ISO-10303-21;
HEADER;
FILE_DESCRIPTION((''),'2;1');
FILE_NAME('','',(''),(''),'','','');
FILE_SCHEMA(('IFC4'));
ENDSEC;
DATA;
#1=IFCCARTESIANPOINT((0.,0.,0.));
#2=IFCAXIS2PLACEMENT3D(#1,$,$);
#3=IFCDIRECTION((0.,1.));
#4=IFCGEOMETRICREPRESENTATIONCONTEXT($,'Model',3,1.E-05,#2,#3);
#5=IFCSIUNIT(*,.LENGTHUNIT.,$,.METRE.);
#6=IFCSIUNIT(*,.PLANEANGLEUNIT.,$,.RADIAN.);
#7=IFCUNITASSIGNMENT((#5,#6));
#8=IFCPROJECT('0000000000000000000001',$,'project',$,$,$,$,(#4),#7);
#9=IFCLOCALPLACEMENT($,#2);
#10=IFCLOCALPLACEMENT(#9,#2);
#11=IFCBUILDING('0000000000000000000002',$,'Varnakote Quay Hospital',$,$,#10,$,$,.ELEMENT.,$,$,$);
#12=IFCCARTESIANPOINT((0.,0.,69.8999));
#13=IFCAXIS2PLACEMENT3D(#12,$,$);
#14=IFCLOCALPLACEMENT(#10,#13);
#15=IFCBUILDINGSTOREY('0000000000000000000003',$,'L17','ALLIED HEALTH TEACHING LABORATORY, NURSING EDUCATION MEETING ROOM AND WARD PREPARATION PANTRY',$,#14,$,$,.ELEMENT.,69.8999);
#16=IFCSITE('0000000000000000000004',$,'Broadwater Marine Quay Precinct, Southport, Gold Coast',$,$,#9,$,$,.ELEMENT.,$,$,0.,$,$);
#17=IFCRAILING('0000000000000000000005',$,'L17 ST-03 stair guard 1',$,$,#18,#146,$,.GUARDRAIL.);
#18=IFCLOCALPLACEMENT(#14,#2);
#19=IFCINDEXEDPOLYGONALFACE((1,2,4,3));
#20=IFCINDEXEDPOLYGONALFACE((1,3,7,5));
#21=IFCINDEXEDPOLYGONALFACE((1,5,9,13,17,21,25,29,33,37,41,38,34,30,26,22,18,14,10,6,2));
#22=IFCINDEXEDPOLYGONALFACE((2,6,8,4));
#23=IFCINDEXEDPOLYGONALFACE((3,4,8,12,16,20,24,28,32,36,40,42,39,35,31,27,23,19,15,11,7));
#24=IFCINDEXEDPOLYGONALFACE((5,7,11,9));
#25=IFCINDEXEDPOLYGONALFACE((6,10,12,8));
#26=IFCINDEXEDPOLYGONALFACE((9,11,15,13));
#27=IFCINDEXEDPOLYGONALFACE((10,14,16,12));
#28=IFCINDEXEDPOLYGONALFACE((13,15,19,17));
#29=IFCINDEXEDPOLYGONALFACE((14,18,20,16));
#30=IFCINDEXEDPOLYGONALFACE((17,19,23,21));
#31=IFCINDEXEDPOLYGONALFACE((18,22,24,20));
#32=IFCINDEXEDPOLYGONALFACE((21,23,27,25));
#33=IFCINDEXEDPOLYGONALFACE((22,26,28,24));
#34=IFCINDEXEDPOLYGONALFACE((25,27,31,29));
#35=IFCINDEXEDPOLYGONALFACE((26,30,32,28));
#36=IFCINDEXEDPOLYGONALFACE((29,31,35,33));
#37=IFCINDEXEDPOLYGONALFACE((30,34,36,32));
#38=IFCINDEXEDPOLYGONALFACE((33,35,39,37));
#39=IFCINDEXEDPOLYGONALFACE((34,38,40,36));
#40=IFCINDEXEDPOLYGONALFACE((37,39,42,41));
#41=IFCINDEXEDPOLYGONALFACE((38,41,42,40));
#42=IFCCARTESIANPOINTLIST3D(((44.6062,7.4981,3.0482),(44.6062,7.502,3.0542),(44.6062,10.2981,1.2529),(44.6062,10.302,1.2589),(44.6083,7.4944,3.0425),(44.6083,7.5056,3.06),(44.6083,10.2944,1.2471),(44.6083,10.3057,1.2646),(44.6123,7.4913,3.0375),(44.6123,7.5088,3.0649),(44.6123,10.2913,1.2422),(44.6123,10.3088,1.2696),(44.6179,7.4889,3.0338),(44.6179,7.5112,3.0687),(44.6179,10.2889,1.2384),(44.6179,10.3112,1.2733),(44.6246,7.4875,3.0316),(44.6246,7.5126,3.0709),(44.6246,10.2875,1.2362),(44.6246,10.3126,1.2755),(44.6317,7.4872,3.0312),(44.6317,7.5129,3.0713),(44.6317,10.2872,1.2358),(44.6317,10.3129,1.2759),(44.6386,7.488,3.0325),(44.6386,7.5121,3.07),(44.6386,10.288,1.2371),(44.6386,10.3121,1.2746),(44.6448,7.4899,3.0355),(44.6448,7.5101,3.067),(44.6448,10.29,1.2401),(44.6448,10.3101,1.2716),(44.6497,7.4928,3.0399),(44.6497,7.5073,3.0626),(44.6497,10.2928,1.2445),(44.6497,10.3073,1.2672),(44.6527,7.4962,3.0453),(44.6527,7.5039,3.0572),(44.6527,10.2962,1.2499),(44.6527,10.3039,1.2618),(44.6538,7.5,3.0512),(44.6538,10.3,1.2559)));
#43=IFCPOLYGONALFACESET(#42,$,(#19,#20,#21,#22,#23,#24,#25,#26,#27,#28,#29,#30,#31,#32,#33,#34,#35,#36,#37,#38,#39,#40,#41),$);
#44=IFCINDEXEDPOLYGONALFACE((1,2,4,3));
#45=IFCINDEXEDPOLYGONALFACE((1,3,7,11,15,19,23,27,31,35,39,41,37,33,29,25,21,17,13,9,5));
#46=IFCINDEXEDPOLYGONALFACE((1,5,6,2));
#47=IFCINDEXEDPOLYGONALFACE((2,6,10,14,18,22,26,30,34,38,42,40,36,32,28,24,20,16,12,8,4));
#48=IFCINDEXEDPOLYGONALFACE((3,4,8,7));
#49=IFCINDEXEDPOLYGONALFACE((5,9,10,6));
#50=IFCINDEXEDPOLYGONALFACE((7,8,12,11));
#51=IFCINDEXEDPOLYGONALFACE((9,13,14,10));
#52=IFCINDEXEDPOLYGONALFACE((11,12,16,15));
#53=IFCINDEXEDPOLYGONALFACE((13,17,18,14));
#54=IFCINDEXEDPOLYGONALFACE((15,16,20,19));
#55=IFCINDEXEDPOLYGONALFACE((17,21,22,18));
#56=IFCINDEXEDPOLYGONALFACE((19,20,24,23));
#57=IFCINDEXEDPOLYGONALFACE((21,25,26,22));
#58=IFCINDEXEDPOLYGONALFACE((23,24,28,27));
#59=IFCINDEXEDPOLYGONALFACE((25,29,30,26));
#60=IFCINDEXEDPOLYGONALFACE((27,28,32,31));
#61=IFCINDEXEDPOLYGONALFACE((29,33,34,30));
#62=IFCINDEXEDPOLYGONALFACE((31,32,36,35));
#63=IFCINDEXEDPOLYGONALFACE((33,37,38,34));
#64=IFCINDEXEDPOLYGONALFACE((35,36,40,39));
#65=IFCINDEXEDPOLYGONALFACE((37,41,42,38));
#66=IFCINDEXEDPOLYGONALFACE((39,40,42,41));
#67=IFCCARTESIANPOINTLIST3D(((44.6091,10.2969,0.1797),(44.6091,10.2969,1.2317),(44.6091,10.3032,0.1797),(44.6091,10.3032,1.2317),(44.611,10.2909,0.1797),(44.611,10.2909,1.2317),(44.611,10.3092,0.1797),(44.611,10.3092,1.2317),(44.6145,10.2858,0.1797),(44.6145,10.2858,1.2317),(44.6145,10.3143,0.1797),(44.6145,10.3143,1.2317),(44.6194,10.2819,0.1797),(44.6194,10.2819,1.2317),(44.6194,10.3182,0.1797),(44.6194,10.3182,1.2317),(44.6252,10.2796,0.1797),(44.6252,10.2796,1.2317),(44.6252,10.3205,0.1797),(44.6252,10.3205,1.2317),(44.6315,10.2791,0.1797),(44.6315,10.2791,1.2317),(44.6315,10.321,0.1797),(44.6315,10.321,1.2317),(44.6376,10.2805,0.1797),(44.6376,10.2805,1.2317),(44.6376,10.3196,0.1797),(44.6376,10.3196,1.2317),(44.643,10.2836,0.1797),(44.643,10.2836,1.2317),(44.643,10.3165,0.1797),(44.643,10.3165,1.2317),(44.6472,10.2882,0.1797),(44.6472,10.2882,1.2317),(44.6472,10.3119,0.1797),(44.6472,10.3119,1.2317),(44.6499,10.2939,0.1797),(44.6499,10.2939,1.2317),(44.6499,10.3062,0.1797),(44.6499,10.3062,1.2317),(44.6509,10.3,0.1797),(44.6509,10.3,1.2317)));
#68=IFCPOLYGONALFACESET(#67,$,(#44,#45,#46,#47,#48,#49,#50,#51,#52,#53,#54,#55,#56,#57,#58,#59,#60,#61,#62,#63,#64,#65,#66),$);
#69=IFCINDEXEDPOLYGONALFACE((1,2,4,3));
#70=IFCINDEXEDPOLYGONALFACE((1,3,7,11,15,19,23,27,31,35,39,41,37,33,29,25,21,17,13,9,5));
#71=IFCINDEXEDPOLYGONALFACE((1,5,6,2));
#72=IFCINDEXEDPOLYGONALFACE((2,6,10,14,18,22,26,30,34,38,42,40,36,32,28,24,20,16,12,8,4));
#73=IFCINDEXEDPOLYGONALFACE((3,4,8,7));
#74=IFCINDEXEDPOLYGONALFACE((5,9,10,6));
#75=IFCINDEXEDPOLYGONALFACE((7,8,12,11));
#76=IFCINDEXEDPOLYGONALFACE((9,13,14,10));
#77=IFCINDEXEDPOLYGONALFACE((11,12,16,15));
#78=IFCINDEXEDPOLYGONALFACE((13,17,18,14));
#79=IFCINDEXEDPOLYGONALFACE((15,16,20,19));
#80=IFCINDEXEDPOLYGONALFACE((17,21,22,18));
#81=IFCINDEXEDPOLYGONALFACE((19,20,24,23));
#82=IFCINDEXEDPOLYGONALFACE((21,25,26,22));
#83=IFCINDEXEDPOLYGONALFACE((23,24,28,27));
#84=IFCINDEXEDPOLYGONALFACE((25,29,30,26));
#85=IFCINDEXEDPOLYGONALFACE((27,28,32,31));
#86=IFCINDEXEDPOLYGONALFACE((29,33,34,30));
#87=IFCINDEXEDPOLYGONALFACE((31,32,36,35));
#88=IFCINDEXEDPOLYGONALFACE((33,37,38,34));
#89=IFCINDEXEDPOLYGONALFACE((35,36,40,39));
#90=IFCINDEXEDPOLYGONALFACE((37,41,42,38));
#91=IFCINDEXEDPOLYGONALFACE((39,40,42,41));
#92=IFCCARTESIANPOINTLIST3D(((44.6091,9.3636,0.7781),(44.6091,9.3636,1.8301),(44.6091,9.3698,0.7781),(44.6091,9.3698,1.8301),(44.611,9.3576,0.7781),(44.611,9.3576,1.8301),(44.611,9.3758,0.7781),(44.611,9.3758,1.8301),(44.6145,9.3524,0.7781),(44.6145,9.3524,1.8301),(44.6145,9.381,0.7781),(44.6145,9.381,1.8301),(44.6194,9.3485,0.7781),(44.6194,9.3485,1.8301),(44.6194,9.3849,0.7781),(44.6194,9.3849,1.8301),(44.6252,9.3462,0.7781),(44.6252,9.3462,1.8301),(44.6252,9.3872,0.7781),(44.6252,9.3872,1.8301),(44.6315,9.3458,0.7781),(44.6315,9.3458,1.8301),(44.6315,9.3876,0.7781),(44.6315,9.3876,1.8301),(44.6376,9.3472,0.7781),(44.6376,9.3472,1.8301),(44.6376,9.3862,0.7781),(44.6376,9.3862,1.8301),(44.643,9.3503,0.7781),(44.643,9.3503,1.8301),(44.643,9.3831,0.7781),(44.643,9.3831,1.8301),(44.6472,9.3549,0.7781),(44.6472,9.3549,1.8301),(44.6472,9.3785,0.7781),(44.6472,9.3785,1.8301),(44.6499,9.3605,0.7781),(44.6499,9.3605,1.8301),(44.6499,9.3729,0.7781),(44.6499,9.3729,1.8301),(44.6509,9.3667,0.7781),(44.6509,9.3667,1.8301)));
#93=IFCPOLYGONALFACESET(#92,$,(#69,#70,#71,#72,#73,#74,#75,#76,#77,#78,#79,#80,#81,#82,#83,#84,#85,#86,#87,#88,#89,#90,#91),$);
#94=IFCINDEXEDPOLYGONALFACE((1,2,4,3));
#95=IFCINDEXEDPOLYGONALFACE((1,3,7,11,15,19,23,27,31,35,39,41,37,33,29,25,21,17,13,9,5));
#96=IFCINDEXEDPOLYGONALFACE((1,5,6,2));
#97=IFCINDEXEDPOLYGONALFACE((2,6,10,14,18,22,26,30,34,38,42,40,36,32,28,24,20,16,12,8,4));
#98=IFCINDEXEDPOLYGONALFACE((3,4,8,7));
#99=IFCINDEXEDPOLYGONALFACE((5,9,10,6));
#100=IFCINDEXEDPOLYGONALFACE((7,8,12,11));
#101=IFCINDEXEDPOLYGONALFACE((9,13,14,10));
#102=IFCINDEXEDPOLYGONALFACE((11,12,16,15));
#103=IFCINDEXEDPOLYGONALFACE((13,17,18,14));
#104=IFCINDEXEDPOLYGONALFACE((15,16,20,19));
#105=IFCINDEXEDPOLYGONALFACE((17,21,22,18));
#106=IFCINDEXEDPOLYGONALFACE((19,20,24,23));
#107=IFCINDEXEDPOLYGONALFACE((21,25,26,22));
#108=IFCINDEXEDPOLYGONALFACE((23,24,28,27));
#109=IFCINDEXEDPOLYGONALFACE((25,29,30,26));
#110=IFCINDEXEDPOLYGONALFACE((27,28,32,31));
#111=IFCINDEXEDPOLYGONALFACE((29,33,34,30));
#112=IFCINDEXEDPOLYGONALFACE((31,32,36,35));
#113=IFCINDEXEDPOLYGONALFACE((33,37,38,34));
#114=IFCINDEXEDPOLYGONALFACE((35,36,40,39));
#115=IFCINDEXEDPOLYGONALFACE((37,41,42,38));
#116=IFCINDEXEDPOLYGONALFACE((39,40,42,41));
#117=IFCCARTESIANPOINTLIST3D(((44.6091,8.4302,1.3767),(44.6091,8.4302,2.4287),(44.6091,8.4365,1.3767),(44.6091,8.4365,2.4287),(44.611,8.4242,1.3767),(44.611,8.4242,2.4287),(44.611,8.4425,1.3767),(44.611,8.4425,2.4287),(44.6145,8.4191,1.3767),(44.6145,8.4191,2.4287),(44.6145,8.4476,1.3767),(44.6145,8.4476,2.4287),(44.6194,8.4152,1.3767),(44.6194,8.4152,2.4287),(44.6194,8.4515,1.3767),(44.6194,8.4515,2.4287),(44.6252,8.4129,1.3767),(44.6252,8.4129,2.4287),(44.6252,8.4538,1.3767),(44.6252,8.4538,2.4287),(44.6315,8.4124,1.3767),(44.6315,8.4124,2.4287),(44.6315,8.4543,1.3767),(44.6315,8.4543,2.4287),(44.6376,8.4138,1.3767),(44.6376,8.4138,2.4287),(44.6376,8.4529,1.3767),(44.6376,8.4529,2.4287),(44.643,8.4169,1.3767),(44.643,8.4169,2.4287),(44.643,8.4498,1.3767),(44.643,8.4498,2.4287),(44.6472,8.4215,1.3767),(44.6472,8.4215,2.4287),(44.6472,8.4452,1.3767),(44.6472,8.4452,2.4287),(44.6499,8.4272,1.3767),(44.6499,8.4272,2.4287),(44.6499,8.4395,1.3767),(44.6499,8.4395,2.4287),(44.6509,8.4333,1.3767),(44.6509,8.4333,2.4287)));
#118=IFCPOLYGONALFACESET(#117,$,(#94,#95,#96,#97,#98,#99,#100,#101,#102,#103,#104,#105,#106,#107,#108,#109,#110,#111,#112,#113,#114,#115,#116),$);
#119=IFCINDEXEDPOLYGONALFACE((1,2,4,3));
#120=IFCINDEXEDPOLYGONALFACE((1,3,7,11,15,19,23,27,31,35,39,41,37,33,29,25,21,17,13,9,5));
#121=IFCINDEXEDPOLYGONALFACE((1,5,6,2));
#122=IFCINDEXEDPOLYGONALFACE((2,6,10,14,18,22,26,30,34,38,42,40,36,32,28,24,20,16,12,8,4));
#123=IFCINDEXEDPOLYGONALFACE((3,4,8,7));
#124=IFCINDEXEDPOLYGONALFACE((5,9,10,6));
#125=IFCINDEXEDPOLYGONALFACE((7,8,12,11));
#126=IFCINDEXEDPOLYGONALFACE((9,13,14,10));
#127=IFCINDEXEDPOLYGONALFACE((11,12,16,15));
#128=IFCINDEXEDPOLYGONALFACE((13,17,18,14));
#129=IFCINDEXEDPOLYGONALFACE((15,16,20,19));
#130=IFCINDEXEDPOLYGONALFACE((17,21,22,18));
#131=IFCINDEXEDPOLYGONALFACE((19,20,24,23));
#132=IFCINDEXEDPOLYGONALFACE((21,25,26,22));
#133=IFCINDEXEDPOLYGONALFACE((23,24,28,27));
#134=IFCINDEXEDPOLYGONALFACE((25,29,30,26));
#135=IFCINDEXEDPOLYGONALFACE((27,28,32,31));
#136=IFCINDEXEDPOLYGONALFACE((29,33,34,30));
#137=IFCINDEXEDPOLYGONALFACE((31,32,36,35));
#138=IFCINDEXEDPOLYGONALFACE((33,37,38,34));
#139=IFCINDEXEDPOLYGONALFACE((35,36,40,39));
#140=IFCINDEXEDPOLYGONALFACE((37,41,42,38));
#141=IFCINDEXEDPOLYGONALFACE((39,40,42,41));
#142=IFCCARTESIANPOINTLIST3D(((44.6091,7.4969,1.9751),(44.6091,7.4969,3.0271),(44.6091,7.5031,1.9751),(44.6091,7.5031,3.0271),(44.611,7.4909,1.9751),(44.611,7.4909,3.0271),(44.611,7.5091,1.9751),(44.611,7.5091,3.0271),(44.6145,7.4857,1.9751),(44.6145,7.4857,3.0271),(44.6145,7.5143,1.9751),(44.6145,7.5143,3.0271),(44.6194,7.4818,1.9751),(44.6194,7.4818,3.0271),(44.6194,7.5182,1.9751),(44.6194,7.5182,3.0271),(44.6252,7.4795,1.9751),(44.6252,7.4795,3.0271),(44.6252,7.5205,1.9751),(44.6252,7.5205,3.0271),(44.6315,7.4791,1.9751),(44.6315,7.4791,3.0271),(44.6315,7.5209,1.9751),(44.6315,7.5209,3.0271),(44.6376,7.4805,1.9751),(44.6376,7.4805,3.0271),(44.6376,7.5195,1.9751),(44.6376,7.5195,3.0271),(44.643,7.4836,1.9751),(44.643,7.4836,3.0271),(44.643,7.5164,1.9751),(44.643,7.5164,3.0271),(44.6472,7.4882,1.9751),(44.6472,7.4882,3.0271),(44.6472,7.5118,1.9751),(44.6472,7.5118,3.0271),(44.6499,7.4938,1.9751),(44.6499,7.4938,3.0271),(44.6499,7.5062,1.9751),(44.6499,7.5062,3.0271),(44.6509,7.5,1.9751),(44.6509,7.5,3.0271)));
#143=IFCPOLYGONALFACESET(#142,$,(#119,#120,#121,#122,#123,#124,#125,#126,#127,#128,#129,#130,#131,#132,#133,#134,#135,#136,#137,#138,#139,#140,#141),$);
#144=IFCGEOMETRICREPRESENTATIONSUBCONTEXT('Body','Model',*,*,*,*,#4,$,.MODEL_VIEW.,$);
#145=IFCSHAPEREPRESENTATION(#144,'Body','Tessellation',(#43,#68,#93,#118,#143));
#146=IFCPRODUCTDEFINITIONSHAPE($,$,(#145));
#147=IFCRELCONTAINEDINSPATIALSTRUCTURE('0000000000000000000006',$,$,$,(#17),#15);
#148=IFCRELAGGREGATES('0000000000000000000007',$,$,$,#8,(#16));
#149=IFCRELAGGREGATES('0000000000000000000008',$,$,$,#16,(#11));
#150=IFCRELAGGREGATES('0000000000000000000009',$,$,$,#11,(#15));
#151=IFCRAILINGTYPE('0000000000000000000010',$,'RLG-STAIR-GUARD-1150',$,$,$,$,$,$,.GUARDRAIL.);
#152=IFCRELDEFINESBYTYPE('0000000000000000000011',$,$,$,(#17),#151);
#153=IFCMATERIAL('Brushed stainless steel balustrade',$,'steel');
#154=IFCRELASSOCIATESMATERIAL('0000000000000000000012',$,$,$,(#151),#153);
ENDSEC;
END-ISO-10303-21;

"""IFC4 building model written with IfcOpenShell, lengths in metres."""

from ifc_helpers import new_model, si_unit, direction, frame, origin, origin_2d, place, context, subcontext, project, spatial, circle, extrude, material, type_object, element, save


model = new_model("IFC4")

# Units and contexts
model_context = context("Model", 3, precision=1e-05, world=origin(), true_north=direction((0.0, 1.0)))
body_context = subcontext(model_context, "Body", "Model", "MODEL_VIEW")
ifc_project = project(units=[si_unit("LENGTHUNIT", "METRE"), si_unit("PLANEANGLEUNIT", "RADIAN")], contexts=[model_context])

# Site, building, storey
site_placement = place(None, origin())
site = spatial("IfcSite", under=ifc_project, at=site_placement, Name="Broadwater Marine Quay Precinct, Southport, Gold Coast", CompositionType="ELEMENT", RefElevation=0.0)
building_placement = place(site_placement, origin())
building = spatial("IfcBuilding", under=site, at=building_placement, Name="Varnakote Quay Hospital", CompositionType="ELEMENT")
storey_placement = place(building_placement, frame((0.0, 0.0, 69.8999)))
storey = spatial("IfcBuildingStorey", under=building, at=storey_placement, Name="L17", Description="ALLIED HEALTH TEACHING LABORATORY, NURSING EDUCATION MEETING ROOM AND WARD PREPARATION PANTRY", CompositionType="ELEMENT", Elevation=69.8999)

# Railing
ifc_material_1 = material(Name="Brushed stainless steel balustrade", Category="steel")
railing_type_1 = type_object("IfcRailingType", Name="RLG-STAIR-GUARD-1150", PredefinedType="GUARDRAIL", material=ifc_material_1)
railing_1_placement = place(storey_placement, frame((44.6299, 10.3, 0.1797)))
element("IfcRailing", 1, at=railing_1_placement, inside=storey, type_object=railing_type_1, Name="L17 ST-03 stair guard 1", PredefinedType="GUARDRAIL", context=body_context, shape_type="SweptSolid", body=[
    extrude(circle(Radius=0.0239, at=origin_2d()), frame((0.0, 0.0, 1.0762), z_axis=(0.0, -0.84181, 0.539774), x_axis=(1.0, 0.0, 0.0)), (0.0, 0.0, 1.0), 3.3262),
    extrude(circle(Radius=0.021, at=origin_2d()), origin(), (0.0, 0.0, 1.0), 1.052),
    extrude(circle(Radius=0.021, at=origin_2d()), frame((0.0, -0.9333, 0.5984)), (0.0, 0.0, 1.0), 1.052),
    extrude(circle(Radius=0.021, at=origin_2d()), frame((0.0, -1.8667, 1.197)), (0.0, 0.0, 1.0), 1.052),
    extrude(circle(Radius=0.021, at=origin_2d()), frame((0.0, -2.8, 1.7954)), (0.0, 0.0, 1.0), 1.052),
])

save(model, "model.ifc")
